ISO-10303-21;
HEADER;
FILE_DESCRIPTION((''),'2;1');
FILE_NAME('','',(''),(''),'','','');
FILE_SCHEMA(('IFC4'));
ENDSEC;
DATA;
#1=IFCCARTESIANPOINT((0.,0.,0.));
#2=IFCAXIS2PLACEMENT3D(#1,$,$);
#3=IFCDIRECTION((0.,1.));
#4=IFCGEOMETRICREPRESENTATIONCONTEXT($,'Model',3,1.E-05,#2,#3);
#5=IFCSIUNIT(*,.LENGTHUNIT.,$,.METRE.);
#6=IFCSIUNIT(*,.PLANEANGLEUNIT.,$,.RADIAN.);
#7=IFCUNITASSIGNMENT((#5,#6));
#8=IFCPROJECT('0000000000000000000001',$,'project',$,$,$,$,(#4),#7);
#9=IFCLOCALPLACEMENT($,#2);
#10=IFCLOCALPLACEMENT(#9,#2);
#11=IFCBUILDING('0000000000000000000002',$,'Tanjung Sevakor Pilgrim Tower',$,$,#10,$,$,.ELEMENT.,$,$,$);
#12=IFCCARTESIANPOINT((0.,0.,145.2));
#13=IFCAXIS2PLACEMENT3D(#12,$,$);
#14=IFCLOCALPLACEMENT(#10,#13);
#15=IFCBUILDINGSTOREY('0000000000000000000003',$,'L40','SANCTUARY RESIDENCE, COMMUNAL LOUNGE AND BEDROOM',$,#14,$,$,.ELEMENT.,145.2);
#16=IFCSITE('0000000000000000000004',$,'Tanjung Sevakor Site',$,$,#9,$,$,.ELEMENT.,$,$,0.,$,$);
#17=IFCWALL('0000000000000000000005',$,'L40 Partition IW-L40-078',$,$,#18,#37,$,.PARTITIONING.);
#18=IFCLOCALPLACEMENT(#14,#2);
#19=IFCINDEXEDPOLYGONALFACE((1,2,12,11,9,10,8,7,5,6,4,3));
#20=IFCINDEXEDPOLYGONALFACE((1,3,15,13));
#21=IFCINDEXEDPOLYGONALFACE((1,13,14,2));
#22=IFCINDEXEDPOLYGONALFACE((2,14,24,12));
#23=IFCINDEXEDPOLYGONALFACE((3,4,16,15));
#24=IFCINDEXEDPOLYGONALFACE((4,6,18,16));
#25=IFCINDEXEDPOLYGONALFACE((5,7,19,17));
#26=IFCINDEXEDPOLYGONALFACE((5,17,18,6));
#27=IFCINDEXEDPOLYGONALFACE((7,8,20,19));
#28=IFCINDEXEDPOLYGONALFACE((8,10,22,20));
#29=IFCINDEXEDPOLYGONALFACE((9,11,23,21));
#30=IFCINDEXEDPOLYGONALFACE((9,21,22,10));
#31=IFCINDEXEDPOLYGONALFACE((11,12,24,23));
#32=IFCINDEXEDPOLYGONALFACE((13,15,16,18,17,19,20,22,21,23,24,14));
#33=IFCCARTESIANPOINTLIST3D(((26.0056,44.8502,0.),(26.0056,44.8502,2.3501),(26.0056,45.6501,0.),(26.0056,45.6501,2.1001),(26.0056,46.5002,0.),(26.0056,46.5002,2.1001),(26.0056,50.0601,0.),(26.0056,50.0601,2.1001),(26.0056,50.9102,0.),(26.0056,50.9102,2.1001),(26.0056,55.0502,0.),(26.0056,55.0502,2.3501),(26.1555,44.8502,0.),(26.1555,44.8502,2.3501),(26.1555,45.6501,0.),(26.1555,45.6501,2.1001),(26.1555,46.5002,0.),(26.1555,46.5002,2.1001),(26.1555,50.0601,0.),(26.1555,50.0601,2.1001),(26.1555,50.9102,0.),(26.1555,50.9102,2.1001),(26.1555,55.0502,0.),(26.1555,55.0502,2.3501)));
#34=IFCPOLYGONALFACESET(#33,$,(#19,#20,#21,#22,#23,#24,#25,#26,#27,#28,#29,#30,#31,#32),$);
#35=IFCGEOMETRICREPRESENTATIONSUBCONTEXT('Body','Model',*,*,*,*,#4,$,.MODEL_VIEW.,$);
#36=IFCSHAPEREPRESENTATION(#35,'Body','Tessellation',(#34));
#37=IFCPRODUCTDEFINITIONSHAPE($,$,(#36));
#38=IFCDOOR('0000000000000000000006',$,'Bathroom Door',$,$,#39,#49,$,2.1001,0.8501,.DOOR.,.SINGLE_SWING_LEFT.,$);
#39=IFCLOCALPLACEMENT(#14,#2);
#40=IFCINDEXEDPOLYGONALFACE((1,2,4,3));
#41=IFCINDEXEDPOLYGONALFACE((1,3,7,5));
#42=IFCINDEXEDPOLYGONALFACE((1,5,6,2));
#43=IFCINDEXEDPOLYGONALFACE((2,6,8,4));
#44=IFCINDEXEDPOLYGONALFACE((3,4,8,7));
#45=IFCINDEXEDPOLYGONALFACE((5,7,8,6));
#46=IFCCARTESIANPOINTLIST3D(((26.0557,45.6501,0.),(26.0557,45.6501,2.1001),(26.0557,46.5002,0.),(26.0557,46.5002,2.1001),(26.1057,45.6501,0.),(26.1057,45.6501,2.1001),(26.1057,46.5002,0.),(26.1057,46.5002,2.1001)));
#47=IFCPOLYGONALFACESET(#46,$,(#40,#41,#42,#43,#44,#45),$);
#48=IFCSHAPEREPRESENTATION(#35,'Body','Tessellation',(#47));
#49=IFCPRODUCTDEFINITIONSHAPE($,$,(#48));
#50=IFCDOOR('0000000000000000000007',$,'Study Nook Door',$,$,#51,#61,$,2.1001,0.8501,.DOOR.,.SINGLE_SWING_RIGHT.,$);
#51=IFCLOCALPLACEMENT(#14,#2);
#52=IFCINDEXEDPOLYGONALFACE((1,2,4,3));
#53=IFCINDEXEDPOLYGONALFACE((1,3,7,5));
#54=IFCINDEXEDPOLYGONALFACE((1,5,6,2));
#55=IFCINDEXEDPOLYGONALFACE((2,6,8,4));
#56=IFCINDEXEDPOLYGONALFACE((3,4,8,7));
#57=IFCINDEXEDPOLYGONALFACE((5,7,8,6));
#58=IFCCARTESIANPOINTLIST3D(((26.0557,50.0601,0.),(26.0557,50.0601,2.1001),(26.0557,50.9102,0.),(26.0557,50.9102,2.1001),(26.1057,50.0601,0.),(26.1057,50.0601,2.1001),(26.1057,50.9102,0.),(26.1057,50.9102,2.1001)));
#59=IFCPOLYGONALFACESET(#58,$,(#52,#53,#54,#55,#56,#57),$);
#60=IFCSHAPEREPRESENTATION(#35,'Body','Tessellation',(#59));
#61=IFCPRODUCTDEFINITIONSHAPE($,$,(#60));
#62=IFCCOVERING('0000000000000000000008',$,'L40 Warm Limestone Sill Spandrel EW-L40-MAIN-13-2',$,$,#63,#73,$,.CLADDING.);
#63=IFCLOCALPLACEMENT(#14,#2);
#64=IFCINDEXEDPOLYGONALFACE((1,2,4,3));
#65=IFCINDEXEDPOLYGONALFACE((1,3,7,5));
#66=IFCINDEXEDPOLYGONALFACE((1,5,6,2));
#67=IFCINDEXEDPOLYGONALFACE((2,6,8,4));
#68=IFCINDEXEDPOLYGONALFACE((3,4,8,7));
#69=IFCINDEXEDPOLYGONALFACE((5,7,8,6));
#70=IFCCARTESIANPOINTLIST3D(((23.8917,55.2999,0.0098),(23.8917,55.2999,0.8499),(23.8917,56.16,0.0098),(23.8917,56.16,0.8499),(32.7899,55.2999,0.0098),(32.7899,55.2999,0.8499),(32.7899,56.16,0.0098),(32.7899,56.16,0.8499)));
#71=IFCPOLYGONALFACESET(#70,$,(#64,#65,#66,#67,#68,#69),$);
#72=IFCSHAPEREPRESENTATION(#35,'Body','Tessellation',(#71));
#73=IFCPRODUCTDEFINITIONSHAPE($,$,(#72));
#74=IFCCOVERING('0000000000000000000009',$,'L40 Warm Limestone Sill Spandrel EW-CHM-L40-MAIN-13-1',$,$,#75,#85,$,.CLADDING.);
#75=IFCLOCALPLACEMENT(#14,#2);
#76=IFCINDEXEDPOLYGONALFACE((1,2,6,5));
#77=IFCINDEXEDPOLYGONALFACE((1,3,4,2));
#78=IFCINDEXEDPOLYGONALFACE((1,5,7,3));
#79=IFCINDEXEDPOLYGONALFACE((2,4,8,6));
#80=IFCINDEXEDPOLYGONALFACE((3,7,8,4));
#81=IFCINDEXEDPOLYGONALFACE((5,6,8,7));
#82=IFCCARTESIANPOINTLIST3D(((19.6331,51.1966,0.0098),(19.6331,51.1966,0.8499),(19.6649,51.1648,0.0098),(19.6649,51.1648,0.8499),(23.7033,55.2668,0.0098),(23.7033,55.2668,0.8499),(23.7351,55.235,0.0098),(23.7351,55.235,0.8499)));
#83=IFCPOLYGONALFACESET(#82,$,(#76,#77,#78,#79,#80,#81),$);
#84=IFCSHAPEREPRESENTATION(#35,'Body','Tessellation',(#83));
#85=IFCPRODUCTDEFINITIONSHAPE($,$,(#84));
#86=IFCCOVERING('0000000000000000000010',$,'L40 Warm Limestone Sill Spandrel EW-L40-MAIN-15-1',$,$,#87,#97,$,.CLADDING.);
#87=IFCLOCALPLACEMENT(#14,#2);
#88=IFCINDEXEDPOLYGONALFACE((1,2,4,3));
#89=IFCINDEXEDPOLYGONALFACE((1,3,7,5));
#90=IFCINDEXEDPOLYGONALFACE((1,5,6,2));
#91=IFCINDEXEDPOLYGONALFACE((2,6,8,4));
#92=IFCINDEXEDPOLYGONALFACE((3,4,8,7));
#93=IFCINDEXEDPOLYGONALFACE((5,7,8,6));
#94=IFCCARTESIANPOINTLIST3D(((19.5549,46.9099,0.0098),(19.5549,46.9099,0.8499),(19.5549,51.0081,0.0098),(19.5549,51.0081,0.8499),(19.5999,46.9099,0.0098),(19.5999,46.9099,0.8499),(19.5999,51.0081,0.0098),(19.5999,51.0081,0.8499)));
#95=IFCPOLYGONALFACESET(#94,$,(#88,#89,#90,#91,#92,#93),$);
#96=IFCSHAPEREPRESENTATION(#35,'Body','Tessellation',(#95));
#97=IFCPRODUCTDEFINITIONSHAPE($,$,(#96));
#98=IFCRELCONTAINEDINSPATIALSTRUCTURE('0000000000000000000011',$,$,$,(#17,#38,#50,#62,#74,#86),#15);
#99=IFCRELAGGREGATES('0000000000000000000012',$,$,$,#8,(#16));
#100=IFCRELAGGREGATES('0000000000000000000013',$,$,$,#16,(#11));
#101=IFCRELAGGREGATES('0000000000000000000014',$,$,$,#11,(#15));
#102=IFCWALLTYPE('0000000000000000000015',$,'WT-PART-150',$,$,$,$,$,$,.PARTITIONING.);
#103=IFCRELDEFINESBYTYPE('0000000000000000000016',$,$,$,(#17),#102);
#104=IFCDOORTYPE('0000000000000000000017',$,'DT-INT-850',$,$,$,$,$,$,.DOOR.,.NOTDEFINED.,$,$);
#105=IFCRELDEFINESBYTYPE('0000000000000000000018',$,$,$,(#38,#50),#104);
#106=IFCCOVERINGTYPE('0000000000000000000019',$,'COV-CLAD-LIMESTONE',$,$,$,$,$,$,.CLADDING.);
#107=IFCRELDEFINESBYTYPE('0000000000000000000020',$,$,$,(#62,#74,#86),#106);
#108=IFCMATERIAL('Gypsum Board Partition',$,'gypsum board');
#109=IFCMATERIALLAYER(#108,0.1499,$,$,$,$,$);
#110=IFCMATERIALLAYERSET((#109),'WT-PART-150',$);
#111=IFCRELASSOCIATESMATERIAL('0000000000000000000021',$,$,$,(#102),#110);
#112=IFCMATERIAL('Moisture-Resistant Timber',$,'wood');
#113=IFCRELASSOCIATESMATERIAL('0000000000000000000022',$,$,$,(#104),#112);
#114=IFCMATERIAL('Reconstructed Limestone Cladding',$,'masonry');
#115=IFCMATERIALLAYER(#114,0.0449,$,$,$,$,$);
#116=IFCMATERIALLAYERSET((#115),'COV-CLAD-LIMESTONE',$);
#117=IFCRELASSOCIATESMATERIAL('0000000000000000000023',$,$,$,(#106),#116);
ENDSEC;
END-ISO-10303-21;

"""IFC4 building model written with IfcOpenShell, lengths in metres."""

from ifc_helpers import new_model, si_unit, direction, frame, frame_2d, origin, origin_2d, place, context, subcontext, project, spatial, rectangle, extrude, material, layer, layer_set, type_object, element, fill, save


model = new_model("IFC4")

# Units and contexts
model_context = context("Model", 3, precision=1e-05, world=origin(), true_north=direction((0.0, 1.0)))
body_context = subcontext(model_context, "Body", "Model", "MODEL_VIEW")
ifc_project = project(units=[si_unit("LENGTHUNIT", "METRE"), si_unit("PLANEANGLEUNIT", "RADIAN")], contexts=[model_context])

# Site, building, storey
site_placement = place(None, origin())
site = spatial("IfcSite", under=ifc_project, at=site_placement, Name="Tanjung Sevakor Site", CompositionType="ELEMENT", RefElevation=0.0)
building_placement = place(site_placement, origin())
building = spatial("IfcBuilding", under=site, at=building_placement, Name="Tanjung Sevakor Pilgrim Tower", CompositionType="ELEMENT")
storey_placement = place(building_placement, frame((0.0, 0.0, 145.2)))
storey = spatial("IfcBuildingStorey", under=building, at=storey_placement, Name="L40", Description="SANCTUARY RESIDENCE, COMMUNAL LOUNGE AND BEDROOM", CompositionType="ELEMENT", Elevation=145.2)

# Shared definitions
ifc_material_1 = material(Name="Gypsum Board Partition", Category="gypsum board")
ifc_layer_1 = layer(ifc_material_1, 0.1499)
ifc_layer_set_1 = layer_set([ifc_layer_1], Name="WT-PART-150")
wall_type_1 = type_object("IfcWallType", Name="WT-PART-150", PredefinedType="PARTITIONING", material=ifc_layer_set_1)

# Wall, openings, doors
wall_1_placement = place(storey_placement, frame((26.0806, 44.8501, 0.0), z_axis=(0.0, 0.0, 1.0), x_axis=(0.0, 1.0, 0.0)))
wall_1 = element("IfcWall", 1, at=wall_1_placement, inside=storey, type_object=wall_type_1, Name="L40 Partition IW-L40-078", PredefinedType="PARTITIONING", context=body_context, shape_type="SweptSolid", body=[
    extrude(rectangle(XDim=10.2, YDim=0.1499, at=frame_2d((5.1001, 0.0))), origin(), (0.0, 0.0, 1.0), 2.3501),
])
opening_1_placement = place(wall_1_placement, frame((0.8, 0.0, 0.0)))
opening_1 = element("IfcOpeningElement", 2, at=opening_1_placement, cuts=wall_1, PredefinedType="OPENING", context=body_context, shape_type="SweptSolid", body=[
    extrude(rectangle(XDim=0.8501, YDim=2.1001, at=frame_2d((0.425, 1.05))), frame((0.0, 0.085, 0.0), z_axis=(0.0, -1.0, 0.0), x_axis=(1.0, 0.0, 0.0)), (0.0, 0.0, 1.0), 0.1699),
])
opening_2_placement = place(wall_1_placement, frame((5.21, 0.0, 0.0)))
opening_2 = element("IfcOpeningElement", 3, at=opening_2_placement, cuts=wall_1, PredefinedType="OPENING", context=body_context, shape_type="SweptSolid", body=[
    extrude(rectangle(XDim=0.8501, YDim=2.1001, at=frame_2d((0.425, 1.05))), frame((0.0, 0.085, 0.0), z_axis=(0.0, -1.0, 0.0), x_axis=(1.0, 0.0, 0.0)), (0.0, 0.0, 1.0), 0.1699),
])
ifc_material_2 = material(Name="Moisture-Resistant Timber", Category="wood")
door_type_1 = type_object("IfcDoorType", Name="DT-INT-850", OperationType="NOTDEFINED", PredefinedType="DOOR", material=ifc_material_2)
door_1_placement = place(opening_1_placement, origin())
door_1 = element("IfcDoor", 4, at=door_1_placement, inside=storey, type_object=door_type_1, Name="Bathroom Door", OperationType="SINGLE_SWING_LEFT", OverallHeight=2.1001, OverallWidth=0.8501, PredefinedType="DOOR", context=body_context, shape_type="SweptSolid", body=[
    extrude(rectangle(XDim=0.8501, YDim=2.1001, at=frame_2d((0.425, 1.05))), frame((0.0, 0.0249, 0.0), z_axis=(0.0, -1.0, 0.0), x_axis=(1.0, 0.0, 0.0)), (0.0, 0.0, 1.0), 0.05),
])
fill(opening_1, door_1)
door_2_placement = place(opening_2_placement, origin())
door_2 = element("IfcDoor", 5, at=door_2_placement, inside=storey, type_object=door_type_1, Name="Study Nook Door", OperationType="SINGLE_SWING_RIGHT", OverallHeight=2.1001, OverallWidth=0.8501, PredefinedType="DOOR", context=body_context, shape_type="SweptSolid", body=[
    extrude(rectangle(XDim=0.8501, YDim=2.1001, at=frame_2d((0.425, 1.05))), frame((0.0, 0.0249, 0.0), z_axis=(0.0, -1.0, 0.0), x_axis=(1.0, 0.0, 0.0)), (0.0, 0.0, 1.0), 0.05),
])
fill(opening_2, door_2)

# Coverings
ifc_material_3 = material(Name="Reconstructed Limestone Cladding", Category="masonry")
ifc_layer_2 = layer(ifc_material_3, 0.0449)
ifc_layer_set_2 = layer_set([ifc_layer_2], Name="COV-CLAD-LIMESTONE")
covering_type = type_object("IfcCoveringType", Name="COV-CLAD-LIMESTONE", PredefinedType="CLADDING", material=ifc_layer_set_2)
covering_1_placement = place(storey_placement, frame((28.3408, 55.73, 0.0098), z_axis=(0.0, 0.0, 1.0), x_axis=(-1.0, 0.0, 0.0)))
element("IfcCovering", 6, at=covering_1_placement, inside=storey, type_object=covering_type, Name="L40 Warm Limestone Sill Spandrel EW-L40-MAIN-13-2", PredefinedType="CLADDING", context=body_context, shape_type="SweptSolid", body=[
    extrude(rectangle(XDim=8.8982, YDim=0.8601, at=origin_2d()), origin(), (0.0, 0.0, 1.0), 0.8401),
])
covering_2_placement = place(storey_placement, frame((21.6841, 53.2158, 0.0098), z_axis=(0.0, 0.0, 1.0), x_axis=(-0.707107, -0.707107, 0.0)))
element("IfcCovering", 7, at=covering_2_placement, inside=storey, type_object=covering_type, Name="L40 Warm Limestone Sill Spandrel EW-CHM-L40-MAIN-13-1", PredefinedType="CLADDING", context=body_context, shape_type="SweptSolid", body=[
    extrude(rectangle(XDim=5.7561, YDim=0.0449, at=origin_2d()), origin(), (0.0, 0.0, 1.0), 0.8401),
])
covering_3_placement = place(storey_placement, frame((19.5774, 48.959, 0.0098), z_axis=(0.0, 0.0, 1.0), x_axis=(0.0, -1.0, 0.0)))
element("IfcCovering", 8, at=covering_3_placement, inside=storey, type_object=covering_type, Name="L40 Warm Limestone Sill Spandrel EW-L40-MAIN-15-1", PredefinedType="CLADDING", context=body_context, shape_type="SweptSolid", body=[
    extrude(rectangle(XDim=4.0981, YDim=0.0449, at=origin_2d()), origin(), (0.0, 0.0, 1.0), 0.8401),
])

save(model, "model.ifc")
